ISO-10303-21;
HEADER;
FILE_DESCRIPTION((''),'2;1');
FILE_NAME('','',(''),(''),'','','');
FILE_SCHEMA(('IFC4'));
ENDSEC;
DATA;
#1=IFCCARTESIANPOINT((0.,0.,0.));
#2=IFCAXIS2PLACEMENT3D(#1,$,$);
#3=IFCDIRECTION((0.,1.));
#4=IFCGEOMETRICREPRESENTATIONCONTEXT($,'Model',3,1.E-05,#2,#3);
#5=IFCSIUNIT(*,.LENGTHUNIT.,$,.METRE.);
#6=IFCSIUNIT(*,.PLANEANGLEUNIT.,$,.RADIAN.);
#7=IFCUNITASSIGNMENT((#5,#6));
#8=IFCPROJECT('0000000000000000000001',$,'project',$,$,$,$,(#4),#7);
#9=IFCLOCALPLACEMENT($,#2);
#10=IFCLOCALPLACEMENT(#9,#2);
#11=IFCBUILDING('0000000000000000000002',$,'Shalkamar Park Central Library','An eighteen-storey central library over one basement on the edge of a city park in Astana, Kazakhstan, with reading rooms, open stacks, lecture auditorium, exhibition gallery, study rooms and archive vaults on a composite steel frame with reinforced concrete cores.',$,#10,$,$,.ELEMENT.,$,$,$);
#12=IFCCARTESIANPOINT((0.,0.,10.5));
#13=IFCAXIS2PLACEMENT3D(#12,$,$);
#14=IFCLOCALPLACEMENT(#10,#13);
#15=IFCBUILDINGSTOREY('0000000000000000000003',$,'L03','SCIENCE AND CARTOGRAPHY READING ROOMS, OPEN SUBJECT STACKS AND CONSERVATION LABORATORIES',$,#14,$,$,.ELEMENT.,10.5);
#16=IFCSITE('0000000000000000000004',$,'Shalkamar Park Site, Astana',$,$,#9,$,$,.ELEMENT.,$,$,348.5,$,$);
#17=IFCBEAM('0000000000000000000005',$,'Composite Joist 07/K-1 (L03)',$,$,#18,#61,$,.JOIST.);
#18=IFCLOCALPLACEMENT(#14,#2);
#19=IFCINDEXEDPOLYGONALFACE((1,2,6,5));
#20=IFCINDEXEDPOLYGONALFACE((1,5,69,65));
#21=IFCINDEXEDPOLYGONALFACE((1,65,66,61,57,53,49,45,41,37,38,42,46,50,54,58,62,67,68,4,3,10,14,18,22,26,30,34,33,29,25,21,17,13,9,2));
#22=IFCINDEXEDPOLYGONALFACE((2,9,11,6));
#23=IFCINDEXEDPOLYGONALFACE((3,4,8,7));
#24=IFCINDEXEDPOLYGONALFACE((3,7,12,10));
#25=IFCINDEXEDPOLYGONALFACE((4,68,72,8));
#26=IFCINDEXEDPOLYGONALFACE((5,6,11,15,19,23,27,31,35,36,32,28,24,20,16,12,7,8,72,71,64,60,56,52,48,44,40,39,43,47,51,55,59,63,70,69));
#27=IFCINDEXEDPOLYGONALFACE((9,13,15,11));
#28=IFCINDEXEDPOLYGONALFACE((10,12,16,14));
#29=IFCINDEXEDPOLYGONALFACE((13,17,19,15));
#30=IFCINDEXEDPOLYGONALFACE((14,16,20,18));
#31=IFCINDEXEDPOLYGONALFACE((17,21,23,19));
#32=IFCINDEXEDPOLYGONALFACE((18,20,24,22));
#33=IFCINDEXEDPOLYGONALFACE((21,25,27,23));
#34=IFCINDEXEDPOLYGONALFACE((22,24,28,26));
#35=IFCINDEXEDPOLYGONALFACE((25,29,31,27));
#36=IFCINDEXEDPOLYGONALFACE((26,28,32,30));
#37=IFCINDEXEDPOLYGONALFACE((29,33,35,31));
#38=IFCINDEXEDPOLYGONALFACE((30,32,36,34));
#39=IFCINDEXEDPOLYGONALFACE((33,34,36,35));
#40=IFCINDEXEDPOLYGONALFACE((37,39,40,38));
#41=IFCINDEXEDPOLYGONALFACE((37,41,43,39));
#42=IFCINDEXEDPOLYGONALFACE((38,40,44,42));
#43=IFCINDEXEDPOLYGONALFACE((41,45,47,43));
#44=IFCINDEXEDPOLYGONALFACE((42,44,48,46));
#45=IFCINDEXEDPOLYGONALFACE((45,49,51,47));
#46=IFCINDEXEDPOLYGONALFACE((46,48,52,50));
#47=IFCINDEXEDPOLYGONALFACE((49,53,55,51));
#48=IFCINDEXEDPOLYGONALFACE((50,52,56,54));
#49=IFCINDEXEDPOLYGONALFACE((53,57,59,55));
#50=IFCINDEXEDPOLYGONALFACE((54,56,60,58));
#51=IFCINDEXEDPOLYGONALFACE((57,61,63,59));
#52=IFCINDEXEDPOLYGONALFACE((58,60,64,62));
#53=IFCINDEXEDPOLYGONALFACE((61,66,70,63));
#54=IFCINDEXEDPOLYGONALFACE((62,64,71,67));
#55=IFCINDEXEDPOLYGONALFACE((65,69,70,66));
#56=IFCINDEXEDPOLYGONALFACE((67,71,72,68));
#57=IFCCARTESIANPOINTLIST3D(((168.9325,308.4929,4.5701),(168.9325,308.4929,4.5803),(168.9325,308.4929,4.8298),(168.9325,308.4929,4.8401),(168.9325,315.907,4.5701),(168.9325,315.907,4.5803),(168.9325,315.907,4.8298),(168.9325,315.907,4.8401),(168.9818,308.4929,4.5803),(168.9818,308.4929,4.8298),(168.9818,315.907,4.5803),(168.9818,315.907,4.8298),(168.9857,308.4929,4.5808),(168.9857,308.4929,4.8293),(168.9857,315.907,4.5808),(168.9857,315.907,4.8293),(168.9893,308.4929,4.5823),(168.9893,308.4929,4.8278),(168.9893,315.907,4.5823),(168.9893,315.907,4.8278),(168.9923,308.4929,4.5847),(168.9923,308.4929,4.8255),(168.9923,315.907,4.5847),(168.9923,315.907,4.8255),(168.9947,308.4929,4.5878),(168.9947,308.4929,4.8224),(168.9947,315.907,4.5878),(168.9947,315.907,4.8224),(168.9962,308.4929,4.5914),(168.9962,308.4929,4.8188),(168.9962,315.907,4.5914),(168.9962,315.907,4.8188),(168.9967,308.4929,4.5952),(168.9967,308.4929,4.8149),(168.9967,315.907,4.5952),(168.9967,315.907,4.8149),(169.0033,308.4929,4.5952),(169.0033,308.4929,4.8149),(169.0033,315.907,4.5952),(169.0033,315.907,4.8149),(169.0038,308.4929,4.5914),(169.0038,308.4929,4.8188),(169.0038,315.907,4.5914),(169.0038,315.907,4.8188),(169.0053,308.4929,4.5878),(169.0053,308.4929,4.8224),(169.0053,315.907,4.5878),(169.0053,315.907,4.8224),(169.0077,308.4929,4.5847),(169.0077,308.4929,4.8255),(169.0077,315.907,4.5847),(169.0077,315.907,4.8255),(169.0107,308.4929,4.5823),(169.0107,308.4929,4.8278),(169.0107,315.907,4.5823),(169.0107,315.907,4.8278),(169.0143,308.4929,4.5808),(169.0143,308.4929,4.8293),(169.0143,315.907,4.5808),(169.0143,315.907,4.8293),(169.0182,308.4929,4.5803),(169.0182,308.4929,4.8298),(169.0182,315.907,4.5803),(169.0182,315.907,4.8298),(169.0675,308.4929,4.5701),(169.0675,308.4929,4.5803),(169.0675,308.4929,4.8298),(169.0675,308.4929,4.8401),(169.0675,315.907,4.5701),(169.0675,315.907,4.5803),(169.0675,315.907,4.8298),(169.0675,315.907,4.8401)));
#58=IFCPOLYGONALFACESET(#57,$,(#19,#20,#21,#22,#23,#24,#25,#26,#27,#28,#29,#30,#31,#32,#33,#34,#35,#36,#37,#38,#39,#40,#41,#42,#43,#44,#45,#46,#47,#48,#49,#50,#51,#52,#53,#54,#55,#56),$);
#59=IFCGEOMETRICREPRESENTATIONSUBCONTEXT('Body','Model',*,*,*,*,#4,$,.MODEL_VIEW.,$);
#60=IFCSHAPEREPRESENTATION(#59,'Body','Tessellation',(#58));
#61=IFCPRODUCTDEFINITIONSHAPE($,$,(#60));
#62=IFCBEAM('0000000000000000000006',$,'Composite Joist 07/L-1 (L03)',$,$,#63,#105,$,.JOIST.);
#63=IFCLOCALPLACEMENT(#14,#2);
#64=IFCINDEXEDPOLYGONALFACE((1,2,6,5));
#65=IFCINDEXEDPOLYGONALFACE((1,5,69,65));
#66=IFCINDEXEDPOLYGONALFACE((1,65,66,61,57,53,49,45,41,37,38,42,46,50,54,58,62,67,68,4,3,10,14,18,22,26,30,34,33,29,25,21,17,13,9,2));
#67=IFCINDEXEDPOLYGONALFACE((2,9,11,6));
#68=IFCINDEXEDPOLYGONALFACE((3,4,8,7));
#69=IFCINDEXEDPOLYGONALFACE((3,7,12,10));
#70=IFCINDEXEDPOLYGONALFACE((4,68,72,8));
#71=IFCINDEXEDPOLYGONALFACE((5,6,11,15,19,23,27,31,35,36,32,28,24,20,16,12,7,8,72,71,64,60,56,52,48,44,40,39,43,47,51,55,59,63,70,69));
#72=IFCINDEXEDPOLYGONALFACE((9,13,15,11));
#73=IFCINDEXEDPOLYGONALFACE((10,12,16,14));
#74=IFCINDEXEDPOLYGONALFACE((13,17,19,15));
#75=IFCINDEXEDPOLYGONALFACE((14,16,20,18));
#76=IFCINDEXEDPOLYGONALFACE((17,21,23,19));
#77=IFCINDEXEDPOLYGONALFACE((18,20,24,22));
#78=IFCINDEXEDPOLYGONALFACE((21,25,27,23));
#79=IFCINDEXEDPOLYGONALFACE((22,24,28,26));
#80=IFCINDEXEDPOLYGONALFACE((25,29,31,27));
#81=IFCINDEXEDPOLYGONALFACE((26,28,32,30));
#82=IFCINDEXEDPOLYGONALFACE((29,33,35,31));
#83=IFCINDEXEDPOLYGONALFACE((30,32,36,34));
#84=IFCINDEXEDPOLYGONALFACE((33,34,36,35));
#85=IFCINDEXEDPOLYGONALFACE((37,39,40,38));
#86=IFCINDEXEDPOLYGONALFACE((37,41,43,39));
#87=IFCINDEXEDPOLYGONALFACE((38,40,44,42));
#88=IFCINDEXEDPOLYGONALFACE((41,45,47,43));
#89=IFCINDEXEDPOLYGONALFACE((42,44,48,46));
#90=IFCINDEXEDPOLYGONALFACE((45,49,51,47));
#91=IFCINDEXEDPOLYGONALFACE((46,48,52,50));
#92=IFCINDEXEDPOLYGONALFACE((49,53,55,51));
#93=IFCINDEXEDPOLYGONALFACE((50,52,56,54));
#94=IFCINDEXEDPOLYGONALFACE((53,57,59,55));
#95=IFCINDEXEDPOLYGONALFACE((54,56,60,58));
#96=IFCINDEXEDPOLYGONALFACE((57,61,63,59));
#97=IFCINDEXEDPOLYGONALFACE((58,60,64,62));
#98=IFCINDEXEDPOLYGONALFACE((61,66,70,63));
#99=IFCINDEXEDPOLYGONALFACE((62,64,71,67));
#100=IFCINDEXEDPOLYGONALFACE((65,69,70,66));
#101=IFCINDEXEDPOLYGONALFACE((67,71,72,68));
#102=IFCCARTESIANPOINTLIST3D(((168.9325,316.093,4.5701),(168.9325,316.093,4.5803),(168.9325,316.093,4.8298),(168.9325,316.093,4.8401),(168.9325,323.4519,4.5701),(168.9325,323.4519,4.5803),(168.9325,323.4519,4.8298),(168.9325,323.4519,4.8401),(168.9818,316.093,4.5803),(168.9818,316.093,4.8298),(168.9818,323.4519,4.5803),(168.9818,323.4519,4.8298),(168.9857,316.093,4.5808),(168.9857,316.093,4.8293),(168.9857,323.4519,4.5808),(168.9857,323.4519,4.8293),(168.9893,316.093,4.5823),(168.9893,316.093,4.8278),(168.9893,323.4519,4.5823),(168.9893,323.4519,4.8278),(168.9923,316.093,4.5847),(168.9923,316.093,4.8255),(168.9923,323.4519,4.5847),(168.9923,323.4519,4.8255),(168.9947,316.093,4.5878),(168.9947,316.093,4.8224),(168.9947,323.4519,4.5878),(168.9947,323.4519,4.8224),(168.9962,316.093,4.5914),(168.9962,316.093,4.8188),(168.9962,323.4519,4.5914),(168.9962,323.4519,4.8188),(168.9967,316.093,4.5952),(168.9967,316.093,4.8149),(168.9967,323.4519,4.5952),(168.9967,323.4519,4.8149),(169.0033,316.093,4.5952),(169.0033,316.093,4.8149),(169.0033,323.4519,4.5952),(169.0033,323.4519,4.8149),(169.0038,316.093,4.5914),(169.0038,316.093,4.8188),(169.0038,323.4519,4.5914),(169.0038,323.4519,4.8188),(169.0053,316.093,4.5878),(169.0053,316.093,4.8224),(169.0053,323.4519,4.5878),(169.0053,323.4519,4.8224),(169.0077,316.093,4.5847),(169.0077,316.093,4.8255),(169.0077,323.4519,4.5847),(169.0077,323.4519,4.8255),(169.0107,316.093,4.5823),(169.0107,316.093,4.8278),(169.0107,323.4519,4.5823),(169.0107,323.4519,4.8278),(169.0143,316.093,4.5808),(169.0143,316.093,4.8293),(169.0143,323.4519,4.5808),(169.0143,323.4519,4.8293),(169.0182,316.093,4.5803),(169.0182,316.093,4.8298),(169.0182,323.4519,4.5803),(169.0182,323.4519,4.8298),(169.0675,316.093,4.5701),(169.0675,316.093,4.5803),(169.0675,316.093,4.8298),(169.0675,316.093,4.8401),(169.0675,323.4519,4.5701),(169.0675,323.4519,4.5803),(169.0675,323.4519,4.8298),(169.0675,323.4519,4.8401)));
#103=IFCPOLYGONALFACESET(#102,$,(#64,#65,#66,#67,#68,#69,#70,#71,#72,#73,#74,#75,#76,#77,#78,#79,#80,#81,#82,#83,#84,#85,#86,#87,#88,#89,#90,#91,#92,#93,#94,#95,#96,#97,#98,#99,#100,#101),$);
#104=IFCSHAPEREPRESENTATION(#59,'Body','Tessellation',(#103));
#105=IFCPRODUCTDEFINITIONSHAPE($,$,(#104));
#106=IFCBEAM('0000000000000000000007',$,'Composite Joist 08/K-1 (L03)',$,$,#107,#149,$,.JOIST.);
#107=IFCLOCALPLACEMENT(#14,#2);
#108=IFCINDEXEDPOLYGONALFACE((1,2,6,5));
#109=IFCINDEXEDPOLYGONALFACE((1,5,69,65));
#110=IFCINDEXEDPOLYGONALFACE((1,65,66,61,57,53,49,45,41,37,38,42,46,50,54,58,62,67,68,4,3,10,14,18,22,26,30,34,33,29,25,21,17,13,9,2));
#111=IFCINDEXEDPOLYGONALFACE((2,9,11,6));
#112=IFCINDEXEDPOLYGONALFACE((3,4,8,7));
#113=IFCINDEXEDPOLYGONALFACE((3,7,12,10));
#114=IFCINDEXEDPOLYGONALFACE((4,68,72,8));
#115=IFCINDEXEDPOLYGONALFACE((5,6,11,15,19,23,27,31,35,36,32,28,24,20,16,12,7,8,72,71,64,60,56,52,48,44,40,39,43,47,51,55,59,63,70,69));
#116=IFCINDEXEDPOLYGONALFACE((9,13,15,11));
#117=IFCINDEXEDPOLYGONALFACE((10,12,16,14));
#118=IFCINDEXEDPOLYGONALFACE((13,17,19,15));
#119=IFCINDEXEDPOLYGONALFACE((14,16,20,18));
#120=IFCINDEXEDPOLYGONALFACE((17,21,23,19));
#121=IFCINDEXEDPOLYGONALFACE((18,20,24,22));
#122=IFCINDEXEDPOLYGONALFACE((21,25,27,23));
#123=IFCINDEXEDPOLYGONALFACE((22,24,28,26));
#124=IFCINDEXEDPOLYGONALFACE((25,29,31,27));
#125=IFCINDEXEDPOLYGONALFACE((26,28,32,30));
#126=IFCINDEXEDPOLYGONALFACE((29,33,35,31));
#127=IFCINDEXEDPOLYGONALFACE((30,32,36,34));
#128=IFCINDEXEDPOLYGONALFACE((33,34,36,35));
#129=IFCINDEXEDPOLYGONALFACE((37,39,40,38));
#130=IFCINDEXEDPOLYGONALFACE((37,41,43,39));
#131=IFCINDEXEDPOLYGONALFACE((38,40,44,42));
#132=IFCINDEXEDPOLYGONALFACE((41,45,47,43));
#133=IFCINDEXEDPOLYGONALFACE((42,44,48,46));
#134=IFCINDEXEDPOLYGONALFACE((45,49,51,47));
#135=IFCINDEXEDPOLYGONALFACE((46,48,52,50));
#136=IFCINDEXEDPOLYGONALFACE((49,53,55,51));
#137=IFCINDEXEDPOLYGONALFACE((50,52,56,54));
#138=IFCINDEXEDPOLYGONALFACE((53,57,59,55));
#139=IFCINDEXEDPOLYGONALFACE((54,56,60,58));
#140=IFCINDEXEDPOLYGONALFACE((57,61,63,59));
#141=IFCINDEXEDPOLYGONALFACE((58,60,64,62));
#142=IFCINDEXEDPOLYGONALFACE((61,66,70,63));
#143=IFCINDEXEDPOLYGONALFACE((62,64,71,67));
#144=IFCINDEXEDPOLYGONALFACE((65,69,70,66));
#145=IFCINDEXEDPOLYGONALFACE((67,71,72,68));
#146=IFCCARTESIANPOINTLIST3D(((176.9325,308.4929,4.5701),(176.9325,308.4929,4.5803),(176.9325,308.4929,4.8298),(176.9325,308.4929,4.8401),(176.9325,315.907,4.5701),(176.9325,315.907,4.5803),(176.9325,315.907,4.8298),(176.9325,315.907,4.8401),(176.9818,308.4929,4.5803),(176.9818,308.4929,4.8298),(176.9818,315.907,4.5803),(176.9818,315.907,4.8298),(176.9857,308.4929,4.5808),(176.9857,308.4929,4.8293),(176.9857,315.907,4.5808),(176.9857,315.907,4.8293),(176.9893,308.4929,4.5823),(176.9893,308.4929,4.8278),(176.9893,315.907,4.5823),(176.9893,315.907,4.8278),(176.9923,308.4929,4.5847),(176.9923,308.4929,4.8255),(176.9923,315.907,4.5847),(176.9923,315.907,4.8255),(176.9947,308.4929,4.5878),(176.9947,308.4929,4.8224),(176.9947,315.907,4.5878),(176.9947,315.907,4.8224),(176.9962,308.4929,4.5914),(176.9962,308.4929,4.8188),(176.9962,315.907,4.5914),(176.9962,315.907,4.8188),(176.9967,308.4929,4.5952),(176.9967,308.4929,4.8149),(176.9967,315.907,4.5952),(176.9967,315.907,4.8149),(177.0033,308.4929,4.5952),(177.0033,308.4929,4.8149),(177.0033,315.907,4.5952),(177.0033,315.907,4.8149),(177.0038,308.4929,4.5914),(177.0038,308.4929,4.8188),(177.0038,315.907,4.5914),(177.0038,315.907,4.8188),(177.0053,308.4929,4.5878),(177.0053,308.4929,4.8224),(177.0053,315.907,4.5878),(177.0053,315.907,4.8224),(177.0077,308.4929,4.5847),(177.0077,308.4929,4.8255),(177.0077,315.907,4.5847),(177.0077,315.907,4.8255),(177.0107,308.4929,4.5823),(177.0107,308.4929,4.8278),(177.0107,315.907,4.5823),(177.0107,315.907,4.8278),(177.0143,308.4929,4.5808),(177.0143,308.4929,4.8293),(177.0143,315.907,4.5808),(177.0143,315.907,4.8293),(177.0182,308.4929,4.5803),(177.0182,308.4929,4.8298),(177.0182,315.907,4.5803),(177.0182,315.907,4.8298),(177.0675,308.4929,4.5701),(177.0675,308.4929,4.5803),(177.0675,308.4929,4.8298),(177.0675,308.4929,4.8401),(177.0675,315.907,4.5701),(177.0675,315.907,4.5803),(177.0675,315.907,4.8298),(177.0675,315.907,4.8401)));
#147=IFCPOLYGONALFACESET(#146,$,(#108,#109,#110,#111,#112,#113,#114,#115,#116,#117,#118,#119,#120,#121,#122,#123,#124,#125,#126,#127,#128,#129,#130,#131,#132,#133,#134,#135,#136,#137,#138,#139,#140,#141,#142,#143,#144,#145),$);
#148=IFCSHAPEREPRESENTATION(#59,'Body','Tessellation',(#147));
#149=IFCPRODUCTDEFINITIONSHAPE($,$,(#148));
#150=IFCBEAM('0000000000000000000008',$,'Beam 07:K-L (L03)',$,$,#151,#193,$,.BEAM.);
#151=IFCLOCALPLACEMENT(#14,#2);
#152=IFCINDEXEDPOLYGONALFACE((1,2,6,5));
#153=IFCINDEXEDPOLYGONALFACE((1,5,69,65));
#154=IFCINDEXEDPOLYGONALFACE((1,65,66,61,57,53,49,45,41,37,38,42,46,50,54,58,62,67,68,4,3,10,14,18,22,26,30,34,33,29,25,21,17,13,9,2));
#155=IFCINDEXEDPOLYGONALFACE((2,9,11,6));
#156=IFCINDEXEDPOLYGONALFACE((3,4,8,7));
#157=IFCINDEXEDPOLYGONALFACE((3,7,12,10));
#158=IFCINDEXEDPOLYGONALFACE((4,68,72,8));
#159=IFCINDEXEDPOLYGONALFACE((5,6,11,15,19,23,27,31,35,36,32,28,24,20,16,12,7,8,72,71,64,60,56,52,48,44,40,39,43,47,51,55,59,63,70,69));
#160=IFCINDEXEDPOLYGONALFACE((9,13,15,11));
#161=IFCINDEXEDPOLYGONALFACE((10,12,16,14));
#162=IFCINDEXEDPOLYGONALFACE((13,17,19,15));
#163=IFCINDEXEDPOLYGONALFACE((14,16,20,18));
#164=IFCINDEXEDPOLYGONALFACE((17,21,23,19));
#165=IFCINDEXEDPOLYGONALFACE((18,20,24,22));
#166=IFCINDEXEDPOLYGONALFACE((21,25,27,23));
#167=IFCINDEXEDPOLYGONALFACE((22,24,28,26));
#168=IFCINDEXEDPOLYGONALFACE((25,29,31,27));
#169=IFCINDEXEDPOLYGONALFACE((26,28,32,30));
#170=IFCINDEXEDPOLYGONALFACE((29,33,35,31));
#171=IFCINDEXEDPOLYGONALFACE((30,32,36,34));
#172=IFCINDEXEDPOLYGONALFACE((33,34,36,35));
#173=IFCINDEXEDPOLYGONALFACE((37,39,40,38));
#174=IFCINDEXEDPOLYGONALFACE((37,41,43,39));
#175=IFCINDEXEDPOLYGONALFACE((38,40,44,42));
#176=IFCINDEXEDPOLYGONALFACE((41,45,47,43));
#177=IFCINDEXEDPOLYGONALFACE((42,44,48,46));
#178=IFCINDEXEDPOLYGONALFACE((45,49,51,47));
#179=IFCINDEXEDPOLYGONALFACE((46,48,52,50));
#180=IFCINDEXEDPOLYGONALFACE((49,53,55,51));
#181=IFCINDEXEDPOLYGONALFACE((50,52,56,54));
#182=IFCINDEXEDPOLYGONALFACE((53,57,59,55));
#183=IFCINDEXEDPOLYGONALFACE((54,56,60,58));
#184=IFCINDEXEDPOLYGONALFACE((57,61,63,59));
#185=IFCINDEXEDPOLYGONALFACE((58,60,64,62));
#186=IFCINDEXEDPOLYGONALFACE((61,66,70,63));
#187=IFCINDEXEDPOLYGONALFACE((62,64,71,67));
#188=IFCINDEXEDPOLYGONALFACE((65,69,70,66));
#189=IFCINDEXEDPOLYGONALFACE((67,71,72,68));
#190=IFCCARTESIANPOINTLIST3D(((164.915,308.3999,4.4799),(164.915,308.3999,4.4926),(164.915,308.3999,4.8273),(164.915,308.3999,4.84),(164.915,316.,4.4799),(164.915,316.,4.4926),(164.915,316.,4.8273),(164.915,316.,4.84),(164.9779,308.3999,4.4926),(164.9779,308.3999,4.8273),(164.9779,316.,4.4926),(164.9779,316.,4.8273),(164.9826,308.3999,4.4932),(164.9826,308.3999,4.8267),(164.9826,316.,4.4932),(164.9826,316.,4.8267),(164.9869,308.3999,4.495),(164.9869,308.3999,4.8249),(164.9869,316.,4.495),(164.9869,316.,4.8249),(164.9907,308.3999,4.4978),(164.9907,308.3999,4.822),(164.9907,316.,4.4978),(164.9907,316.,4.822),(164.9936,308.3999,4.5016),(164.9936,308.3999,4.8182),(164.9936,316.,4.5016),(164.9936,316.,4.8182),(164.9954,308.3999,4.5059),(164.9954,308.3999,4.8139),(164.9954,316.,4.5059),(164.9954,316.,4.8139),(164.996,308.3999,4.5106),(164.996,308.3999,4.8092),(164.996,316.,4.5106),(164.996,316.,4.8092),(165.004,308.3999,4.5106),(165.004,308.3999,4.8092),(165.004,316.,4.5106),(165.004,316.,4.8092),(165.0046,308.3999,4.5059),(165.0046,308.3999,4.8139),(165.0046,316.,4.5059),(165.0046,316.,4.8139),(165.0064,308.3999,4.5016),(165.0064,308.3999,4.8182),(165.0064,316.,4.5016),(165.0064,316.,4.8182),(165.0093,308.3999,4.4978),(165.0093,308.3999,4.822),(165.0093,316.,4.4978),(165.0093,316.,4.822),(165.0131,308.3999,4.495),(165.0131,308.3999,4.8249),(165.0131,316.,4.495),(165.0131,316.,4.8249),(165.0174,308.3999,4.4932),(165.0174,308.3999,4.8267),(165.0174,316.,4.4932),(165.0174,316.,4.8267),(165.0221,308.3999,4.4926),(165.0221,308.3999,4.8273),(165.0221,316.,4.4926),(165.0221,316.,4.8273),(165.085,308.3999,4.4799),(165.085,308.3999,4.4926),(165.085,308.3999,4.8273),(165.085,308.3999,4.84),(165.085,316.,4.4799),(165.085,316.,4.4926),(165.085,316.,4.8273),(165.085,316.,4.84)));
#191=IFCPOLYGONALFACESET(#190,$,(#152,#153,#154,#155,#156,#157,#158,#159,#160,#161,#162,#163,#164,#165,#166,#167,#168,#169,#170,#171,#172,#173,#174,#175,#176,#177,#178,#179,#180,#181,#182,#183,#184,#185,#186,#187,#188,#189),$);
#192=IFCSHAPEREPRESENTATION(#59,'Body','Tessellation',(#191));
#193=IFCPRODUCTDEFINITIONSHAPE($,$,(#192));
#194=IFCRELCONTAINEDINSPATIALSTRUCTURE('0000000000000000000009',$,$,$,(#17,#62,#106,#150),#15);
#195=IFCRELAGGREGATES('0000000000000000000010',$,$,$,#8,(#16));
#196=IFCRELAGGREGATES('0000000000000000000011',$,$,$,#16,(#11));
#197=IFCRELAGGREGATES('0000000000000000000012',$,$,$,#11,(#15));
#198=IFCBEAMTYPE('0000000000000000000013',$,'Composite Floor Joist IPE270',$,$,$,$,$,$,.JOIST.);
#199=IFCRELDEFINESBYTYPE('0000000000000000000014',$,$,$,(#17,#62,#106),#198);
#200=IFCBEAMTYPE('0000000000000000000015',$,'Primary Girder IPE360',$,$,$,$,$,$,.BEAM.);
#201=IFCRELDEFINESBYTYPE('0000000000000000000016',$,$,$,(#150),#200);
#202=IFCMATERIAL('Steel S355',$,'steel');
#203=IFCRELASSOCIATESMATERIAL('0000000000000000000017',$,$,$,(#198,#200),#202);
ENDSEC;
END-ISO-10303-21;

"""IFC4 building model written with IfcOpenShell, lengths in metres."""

from ifc_helpers import new_model, si_unit, direction, frame, origin, origin_2d, place, context, subcontext, project, spatial, i_section, extrude, material, material_profile, profile_set, type_object, element, save


model = new_model("IFC4")

# Units and contexts
model_context = context("Model", 3, precision=1e-05, world=origin(), true_north=direction((0.0, 1.0)))
body_context = subcontext(model_context, "Body", "Model", "MODEL_VIEW")
ifc_project = project(units=[si_unit("LENGTHUNIT", "METRE"), si_unit("PLANEANGLEUNIT", "RADIAN")], contexts=[model_context])

# Site, building, storey
site_placement = place(None, origin())
site = spatial("IfcSite", under=ifc_project, at=site_placement, Name="Shalkamar Park Site, Astana", CompositionType="ELEMENT", RefElevation=348.5)
building_placement = place(site_placement, origin())
building = spatial("IfcBuilding", under=site, at=building_placement, Name="Shalkamar Park Central Library", Description="An eighteen-storey central library over one basement on the edge of a city park in Astana, Kazakhstan, with reading rooms, open stacks, lecture auditorium, exhibition gallery, study rooms and archive vaults on a composite steel frame with reinforced concrete cores.", CompositionType="ELEMENT")
storey_placement = place(building_placement, frame((0.0, 0.0, 10.5)))
storey = spatial("IfcBuildingStorey", under=building, at=storey_placement, Name="L03", Description="SCIENCE AND CARTOGRAPHY READING ROOMS, OPEN SUBJECT STACKS AND CONSERVATION LABORATORIES", CompositionType="ELEMENT", Elevation=10.5)

# Shared definitions
ifc_material_1 = material(Name="Steel S355", Category="steel")

# Beams
ifc_material_profile_1 = material_profile(ifc_material_1, i_section(OverallWidth=0.135, OverallDepth=0.27, WebThickness=0.0066, FlangeThickness=0.0103, FilletRadius=0.0149, at=origin_2d()), Name="IPE 270")
ifc_profile_set_1 = profile_set([ifc_material_profile_1], Name="Steel S355")
beam_type_1 = type_object("IfcBeamType", Name="Composite Floor Joist IPE270", PredefinedType="JOIST", material=ifc_profile_set_1)
beam_1_placement = place(storey_placement, frame((169.0, 308.4929, 4.7051), z_axis=(0.0, 1.0, 0.0), x_axis=(-1.0, 0.0, 0.0)))
element("IfcBeam", 1, at=beam_1_placement, inside=storey, type_object=beam_type_1, Name="Composite Joist 07/K-1 (L03)", PredefinedType="JOIST", context=body_context, shape_type="SweptSolid", body=[
    extrude(i_section(OverallWidth=0.135, OverallDepth=0.27, WebThickness=0.0066, FlangeThickness=0.0103, FilletRadius=0.0149, at=origin_2d()), origin(), (0.0, 0.0, 1.0), 7.4141),
])
beam_2_placement = place(storey_placement, frame((169.0, 316.093, 4.7051), z_axis=(0.0, 1.0, 0.0), x_axis=(-1.0, 0.0, 0.0)))
element("IfcBeam", 2, at=beam_2_placement, inside=storey, type_object=beam_type_1, Name="Composite Joist 07/L-1 (L03)", PredefinedType="JOIST", context=body_context, shape_type="SweptSolid", body=[
    extrude(i_section(OverallWidth=0.135, OverallDepth=0.27, WebThickness=0.0066, FlangeThickness=0.0103, FilletRadius=0.0149, at=origin_2d()), origin(), (0.0, 0.0, 1.0), 7.3589),
])
beam_3_placement = place(storey_placement, frame((177.0, 308.4929, 4.7051), z_axis=(0.0, 1.0, 0.0), x_axis=(-1.0, 0.0, 0.0)))
element("IfcBeam", 3, at=beam_3_placement, inside=storey, type_object=beam_type_1, Name="Composite Joist 08/K-1 (L03)", PredefinedType="JOIST", context=body_context, shape_type="SweptSolid", body=[
    extrude(i_section(OverallWidth=0.135, OverallDepth=0.27, WebThickness=0.0066, FlangeThickness=0.0103, FilletRadius=0.0149, at=origin_2d()), origin(), (0.0, 0.0, 1.0), 7.4141),
])
ifc_material_profile_2 = material_profile(ifc_material_1, i_section(OverallWidth=0.1699, OverallDepth=0.3601, WebThickness=0.0081, FlangeThickness=0.0127, FilletRadius=0.0181, at=origin_2d()), Name="IPE 360")
ifc_profile_set_2 = profile_set([ifc_material_profile_2], Name="Steel S355")
beam_type_2 = type_object("IfcBeamType", Name="Primary Girder IPE360", PredefinedType="BEAM", material=ifc_profile_set_2)
for number, where, z_axis, x_axis, name in (
    (4, (165.0, 308.3999, 4.6599), (0.0, 1.0, 0.0), (-1.0, 0.0, 0.0), "Beam 07:K-L (L03)"),
):
    element("IfcBeam", number, at=place(storey_placement, frame(where, z_axis=z_axis, x_axis=x_axis)), inside=storey, type_object=beam_type_2, Name=name, PredefinedType="BEAM", context=body_context, shape_type="SweptSolid", body=[
        extrude(i_section(OverallWidth=0.1699, OverallDepth=0.3601, WebThickness=0.0081, FlangeThickness=0.0127, FilletRadius=0.0181, at=origin_2d()), origin(), (0.0, 0.0, 1.0), 7.6001),
    ])

save(model, "model.ifc")
